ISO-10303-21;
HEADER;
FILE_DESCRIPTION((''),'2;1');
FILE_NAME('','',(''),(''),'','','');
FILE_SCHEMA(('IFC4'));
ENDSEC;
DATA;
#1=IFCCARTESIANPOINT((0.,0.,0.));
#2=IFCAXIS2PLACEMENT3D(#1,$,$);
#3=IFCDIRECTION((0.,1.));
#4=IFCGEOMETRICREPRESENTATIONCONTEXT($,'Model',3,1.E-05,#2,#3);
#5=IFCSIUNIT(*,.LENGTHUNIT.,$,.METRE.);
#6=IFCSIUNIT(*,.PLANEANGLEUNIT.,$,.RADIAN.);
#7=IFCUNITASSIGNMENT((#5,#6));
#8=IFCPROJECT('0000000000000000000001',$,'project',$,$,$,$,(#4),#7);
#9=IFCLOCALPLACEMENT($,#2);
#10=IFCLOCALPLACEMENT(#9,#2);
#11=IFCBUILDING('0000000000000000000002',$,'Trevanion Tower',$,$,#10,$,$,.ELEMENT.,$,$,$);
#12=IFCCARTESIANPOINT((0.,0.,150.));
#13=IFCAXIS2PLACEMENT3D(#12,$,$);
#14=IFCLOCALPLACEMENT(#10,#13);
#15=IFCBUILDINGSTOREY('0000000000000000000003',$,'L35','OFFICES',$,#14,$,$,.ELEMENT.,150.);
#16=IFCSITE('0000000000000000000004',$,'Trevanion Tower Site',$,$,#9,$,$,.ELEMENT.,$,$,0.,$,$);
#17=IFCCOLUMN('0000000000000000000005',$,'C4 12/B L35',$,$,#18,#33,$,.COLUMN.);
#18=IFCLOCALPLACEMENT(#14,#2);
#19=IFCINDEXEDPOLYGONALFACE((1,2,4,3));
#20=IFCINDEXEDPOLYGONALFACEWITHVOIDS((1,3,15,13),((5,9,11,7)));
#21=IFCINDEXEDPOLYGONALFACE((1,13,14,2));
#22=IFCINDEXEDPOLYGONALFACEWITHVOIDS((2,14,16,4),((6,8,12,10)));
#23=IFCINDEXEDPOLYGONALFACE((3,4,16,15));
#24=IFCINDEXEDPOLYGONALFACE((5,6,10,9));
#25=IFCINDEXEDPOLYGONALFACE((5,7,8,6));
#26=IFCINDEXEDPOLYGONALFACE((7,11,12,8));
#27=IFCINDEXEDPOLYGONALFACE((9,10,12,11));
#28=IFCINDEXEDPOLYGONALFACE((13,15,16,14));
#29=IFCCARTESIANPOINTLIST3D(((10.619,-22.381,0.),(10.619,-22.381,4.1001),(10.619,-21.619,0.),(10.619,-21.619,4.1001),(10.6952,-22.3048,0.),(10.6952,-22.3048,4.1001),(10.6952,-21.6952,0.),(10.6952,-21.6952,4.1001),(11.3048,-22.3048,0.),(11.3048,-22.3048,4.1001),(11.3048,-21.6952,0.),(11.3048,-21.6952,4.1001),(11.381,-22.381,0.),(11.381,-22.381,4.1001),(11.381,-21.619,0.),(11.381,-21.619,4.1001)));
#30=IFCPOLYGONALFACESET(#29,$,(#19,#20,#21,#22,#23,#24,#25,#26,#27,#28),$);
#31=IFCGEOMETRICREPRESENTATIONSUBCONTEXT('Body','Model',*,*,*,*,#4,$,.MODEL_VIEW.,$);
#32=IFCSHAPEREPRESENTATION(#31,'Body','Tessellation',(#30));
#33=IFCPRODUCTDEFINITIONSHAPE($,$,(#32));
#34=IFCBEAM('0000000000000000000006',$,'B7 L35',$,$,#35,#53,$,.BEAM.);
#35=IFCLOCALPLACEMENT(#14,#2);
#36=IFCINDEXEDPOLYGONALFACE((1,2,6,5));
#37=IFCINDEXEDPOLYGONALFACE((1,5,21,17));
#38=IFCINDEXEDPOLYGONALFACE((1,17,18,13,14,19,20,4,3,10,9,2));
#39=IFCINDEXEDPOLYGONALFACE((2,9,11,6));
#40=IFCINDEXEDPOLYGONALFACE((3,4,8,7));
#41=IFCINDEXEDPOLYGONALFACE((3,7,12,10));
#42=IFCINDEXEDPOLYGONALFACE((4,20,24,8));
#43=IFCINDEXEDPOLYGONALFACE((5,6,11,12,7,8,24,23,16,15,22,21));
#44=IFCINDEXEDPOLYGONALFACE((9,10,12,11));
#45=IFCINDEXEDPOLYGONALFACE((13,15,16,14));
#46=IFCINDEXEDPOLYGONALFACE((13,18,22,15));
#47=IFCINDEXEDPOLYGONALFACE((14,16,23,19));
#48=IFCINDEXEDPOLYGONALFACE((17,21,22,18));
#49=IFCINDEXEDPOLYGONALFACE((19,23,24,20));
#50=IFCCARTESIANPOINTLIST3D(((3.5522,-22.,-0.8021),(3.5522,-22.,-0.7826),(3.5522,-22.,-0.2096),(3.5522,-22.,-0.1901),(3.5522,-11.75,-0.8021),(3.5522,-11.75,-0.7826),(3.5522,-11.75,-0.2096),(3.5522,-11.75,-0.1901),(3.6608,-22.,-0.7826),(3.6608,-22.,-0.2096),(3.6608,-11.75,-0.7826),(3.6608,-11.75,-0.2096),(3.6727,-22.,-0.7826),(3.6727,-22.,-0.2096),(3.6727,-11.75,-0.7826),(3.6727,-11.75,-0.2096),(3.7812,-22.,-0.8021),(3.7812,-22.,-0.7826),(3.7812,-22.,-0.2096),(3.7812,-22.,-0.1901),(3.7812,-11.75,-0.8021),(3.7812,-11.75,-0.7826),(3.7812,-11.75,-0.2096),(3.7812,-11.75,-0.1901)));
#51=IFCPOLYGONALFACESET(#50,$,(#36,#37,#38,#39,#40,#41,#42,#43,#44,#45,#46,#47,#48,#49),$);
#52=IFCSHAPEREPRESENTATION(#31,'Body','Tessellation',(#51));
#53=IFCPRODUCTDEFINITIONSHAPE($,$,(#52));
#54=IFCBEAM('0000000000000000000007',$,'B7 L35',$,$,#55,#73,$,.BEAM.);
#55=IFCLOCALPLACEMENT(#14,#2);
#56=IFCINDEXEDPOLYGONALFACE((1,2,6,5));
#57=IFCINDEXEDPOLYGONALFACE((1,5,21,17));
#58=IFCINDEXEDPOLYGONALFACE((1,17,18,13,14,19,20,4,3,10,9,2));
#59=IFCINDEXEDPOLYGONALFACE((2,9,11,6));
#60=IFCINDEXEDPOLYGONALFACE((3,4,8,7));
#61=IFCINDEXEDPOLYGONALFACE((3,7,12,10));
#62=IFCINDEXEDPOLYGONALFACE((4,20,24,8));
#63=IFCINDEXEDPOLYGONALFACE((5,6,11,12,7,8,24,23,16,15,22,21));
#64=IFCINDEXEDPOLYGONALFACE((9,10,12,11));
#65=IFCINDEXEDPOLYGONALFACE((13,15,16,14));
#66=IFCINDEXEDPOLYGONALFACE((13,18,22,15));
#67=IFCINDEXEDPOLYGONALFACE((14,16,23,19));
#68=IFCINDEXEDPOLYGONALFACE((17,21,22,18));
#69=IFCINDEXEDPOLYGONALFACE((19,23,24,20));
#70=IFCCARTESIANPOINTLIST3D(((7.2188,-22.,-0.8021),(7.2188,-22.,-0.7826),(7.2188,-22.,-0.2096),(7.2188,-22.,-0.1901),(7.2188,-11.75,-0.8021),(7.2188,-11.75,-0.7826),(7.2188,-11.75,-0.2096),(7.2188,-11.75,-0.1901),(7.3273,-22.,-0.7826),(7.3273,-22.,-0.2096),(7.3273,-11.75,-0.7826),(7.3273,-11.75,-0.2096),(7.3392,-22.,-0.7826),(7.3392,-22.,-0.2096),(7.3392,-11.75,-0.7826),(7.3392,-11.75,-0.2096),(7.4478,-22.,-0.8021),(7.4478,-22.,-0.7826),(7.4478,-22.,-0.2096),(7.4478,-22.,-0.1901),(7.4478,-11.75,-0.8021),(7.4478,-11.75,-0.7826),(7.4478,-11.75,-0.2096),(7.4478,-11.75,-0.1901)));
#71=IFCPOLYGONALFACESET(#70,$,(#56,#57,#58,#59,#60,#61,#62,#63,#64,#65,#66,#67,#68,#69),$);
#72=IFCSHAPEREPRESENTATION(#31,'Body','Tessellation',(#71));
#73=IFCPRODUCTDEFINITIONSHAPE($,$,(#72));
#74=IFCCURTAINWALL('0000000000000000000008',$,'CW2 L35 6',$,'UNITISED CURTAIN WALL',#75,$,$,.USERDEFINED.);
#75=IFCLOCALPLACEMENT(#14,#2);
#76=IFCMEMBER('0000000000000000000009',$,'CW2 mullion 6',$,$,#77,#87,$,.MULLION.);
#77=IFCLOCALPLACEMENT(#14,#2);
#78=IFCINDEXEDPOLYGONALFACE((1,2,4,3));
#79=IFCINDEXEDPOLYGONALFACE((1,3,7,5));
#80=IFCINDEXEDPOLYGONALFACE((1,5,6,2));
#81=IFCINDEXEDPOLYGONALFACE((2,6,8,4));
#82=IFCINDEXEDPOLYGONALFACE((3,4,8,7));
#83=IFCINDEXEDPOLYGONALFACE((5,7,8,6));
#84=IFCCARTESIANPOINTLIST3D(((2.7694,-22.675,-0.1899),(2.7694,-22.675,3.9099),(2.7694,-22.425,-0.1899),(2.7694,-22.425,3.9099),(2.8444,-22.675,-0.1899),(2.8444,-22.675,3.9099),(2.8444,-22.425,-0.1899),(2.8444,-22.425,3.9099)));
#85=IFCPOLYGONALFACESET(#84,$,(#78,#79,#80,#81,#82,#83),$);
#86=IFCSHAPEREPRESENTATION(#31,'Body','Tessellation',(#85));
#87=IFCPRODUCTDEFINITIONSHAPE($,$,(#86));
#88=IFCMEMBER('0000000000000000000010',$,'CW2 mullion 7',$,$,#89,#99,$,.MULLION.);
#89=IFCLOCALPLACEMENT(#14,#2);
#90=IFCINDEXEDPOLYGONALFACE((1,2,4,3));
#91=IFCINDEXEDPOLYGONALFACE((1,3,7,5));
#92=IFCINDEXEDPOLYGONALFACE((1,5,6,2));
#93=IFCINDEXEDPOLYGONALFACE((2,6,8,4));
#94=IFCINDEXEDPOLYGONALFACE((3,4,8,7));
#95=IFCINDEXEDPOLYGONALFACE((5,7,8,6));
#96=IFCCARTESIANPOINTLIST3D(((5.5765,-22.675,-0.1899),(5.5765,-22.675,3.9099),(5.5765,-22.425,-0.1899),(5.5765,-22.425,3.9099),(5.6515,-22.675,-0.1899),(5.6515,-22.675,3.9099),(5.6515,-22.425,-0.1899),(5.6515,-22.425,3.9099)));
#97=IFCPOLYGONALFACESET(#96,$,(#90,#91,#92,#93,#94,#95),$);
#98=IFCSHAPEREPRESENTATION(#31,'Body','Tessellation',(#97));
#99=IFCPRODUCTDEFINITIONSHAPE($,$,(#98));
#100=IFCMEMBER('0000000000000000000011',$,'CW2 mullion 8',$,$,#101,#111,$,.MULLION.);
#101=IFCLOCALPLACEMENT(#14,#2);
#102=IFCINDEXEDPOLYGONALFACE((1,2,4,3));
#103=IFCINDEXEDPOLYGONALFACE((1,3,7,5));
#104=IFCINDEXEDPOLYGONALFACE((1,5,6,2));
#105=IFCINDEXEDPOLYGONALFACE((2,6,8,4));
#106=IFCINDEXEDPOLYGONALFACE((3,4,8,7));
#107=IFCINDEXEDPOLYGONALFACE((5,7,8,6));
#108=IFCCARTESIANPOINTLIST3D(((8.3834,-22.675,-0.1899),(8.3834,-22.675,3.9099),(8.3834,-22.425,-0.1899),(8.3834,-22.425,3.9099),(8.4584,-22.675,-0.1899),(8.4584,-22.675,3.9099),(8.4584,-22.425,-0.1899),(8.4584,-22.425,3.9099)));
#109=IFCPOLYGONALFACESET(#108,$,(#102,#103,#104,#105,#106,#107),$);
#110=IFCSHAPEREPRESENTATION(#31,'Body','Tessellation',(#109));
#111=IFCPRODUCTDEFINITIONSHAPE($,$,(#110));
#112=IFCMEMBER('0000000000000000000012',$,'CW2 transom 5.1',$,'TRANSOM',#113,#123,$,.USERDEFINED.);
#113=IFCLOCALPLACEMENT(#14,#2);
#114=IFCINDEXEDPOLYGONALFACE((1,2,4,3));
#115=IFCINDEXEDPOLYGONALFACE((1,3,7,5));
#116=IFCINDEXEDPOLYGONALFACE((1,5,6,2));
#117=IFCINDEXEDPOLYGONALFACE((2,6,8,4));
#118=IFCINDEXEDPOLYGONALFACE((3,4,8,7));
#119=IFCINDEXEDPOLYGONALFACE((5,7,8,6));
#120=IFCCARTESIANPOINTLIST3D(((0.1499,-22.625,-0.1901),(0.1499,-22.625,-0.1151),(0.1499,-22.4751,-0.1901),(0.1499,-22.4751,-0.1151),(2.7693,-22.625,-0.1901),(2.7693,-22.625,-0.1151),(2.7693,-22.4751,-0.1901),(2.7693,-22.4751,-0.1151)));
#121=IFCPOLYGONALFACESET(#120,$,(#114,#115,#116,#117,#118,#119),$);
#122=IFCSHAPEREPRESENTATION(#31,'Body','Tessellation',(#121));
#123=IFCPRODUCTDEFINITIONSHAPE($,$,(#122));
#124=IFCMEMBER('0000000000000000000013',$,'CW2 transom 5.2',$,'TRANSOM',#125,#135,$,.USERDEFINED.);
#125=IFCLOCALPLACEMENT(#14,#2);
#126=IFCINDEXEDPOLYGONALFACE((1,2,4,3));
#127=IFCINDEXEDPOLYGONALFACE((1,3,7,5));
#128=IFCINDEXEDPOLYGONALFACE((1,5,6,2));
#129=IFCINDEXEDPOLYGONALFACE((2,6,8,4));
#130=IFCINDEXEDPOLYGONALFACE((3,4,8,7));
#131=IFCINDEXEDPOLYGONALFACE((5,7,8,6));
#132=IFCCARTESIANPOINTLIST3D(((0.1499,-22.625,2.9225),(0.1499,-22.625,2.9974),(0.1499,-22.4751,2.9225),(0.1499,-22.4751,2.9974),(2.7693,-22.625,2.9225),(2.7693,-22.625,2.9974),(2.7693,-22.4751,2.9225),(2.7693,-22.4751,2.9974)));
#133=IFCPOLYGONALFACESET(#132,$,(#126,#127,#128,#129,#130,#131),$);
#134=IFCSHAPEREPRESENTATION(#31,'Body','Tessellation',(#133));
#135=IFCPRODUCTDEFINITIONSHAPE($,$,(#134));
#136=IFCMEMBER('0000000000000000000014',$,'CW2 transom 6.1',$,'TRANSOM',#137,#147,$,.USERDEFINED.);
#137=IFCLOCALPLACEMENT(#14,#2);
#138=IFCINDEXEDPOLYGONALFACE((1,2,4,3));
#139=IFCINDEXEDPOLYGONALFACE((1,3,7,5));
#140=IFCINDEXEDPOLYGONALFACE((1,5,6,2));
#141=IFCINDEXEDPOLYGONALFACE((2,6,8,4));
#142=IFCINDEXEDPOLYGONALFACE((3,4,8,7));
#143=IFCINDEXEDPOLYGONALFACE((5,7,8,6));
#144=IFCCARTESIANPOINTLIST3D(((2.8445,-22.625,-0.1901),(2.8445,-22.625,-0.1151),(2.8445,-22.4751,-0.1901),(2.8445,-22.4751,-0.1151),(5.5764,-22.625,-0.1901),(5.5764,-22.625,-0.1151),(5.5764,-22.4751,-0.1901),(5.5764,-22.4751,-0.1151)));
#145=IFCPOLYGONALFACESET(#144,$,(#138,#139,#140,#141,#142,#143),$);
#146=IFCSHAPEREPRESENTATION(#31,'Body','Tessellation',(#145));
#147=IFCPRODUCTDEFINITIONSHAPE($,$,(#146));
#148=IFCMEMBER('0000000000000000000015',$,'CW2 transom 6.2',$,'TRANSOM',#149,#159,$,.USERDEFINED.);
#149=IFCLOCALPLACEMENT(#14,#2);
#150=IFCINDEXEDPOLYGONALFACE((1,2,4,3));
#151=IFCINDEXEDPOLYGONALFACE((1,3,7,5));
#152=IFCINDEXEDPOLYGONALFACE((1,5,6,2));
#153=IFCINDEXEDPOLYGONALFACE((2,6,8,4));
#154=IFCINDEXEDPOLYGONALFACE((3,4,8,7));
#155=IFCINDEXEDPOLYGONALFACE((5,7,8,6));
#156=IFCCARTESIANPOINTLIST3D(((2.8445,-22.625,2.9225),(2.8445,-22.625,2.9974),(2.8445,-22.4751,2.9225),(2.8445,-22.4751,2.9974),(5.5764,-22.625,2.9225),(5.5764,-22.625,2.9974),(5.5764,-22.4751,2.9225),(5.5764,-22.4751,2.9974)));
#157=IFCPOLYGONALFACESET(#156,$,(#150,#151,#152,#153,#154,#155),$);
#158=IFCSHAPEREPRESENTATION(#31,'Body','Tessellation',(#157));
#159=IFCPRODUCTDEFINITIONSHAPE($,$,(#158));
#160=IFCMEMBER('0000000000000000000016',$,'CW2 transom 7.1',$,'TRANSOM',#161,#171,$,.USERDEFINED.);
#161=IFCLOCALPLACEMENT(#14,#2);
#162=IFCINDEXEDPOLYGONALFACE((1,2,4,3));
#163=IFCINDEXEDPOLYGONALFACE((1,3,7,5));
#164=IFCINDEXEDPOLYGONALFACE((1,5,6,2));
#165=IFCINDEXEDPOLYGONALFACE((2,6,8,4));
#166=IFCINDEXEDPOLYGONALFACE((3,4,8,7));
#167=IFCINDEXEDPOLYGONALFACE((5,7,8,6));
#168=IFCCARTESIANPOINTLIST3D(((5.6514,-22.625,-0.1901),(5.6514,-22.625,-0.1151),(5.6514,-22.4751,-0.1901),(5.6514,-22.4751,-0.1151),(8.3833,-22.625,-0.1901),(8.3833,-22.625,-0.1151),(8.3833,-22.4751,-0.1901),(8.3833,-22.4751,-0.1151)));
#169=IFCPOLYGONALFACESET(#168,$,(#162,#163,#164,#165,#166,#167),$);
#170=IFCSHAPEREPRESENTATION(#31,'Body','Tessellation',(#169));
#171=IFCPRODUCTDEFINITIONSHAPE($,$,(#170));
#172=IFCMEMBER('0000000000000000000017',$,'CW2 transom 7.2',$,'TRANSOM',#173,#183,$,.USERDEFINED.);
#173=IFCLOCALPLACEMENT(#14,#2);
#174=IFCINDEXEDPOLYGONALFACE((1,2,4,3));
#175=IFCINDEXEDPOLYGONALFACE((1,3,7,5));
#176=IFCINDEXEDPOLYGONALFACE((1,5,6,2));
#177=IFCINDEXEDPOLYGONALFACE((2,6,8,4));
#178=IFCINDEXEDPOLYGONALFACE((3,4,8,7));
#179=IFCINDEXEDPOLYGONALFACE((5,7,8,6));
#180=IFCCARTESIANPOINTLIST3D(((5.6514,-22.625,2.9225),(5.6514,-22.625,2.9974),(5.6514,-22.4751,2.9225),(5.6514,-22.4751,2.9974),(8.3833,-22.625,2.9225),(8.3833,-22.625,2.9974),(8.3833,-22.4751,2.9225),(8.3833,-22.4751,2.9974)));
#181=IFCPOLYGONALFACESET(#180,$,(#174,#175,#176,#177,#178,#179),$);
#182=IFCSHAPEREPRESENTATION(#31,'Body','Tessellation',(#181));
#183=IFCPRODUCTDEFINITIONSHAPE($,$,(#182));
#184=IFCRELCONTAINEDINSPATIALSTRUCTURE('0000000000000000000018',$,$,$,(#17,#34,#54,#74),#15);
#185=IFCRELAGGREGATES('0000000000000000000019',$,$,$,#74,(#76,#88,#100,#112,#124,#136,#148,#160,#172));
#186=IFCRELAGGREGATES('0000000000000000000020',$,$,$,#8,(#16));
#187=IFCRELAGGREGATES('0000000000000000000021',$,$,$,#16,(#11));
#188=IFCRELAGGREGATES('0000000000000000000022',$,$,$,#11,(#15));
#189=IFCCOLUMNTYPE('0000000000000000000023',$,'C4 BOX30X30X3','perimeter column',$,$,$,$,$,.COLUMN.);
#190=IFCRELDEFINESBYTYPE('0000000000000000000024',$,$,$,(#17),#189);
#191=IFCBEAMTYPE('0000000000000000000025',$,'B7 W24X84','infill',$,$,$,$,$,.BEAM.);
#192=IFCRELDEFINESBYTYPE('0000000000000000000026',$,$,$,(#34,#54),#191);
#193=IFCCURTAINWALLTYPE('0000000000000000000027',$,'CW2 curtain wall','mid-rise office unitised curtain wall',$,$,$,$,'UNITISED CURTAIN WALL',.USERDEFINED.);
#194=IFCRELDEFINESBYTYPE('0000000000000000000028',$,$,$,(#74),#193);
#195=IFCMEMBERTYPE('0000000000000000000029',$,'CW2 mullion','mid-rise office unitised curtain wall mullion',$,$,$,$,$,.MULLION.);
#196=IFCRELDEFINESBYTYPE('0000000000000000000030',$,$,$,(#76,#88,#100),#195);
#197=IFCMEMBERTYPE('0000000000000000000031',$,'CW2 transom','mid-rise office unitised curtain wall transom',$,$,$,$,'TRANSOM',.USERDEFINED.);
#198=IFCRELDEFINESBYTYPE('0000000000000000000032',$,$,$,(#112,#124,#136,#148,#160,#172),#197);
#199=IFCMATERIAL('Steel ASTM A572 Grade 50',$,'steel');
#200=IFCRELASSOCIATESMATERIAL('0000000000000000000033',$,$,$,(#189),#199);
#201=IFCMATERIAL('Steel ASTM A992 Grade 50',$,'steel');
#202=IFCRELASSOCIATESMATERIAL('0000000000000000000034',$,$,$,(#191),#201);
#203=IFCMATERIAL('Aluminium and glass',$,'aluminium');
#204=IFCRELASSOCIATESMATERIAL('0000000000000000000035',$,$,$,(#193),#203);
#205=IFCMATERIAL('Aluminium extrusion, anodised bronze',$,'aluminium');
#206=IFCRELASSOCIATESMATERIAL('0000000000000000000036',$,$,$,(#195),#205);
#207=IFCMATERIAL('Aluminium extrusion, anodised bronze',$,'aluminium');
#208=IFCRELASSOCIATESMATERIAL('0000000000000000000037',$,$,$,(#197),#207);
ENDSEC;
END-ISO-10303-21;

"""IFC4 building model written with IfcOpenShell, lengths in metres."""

from ifc_helpers import new_model, si_unit, direction, frame, origin, origin_2d, place, context, subcontext, project, spatial, rectangle, hollow_rectangle, i_section, extrude, material, material_profile, profile_set, type_object, element, aggregate, save


model = new_model("IFC4")

# Units and contexts
model_context = context("Model", 3, precision=1e-05, world=origin(), true_north=direction((0.0, 1.0)))
body_context = subcontext(model_context, "Body", "Model", "MODEL_VIEW")
ifc_project = project(units=[si_unit("LENGTHUNIT", "METRE"), si_unit("PLANEANGLEUNIT", "RADIAN")], contexts=[model_context])

# Site, building, storey
site_placement = place(None, origin())
site = spatial("IfcSite", under=ifc_project, at=site_placement, Name="Trevanion Tower Site", CompositionType="ELEMENT", RefElevation=0.0)
building_placement = place(site_placement, origin())
building = spatial("IfcBuilding", under=site, at=building_placement, Name="Trevanion Tower", CompositionType="ELEMENT")
storey_placement = place(building_placement, frame((0.0, 0.0, 150.0)))
storey = spatial("IfcBuildingStorey", under=building, at=storey_placement, Name="L35", Description="OFFICES", CompositionType="ELEMENT", Elevation=150.0)

# Column
ifc_material_1 = material(Name="Steel ASTM A572 Grade 50", Category="steel")
ifc_material_profile_1 = material_profile(ifc_material_1, hollow_rectangle(XDim=0.762, YDim=0.762, WallThickness=0.0762, at=origin_2d()), Name="BOX30X30X3")
ifc_profile_set_1 = profile_set([ifc_material_profile_1], Name="Steel ASTM A572 Grade 50")
column_type = type_object("IfcColumnType", Name="C4 BOX30X30X3", Description="perimeter column", PredefinedType="COLUMN", material=ifc_profile_set_1)
column_placement = place(storey_placement, frame((11.0, -22.0, 0.0), z_axis=(0.0, 0.0, 1.0), x_axis=(1.0, 0.0, 0.0)))
element("IfcColumn", 1, at=column_placement, inside=storey, type_object=column_type, Name="C4 12/B L35", PredefinedType="COLUMN", context=body_context, shape_type="SweptSolid", body=[
    extrude(hollow_rectangle(XDim=0.762, YDim=0.762, WallThickness=0.0762, at=origin_2d()), origin(), (0.0, 0.0, 1.0), 4.1001),
])

# Beams
ifc_material_2 = material(Name="Steel ASTM A992 Grade 50", Category="steel")
ifc_material_profile_2 = material_profile(ifc_material_2, i_section(OverallWidth=0.229, OverallDepth=0.6121, WebThickness=0.012, FlangeThickness=0.0195, at=origin_2d()), Name="W24X84")
ifc_profile_set_2 = profile_set([ifc_material_profile_2], Name="Steel ASTM A992 Grade 50")
beam_type_1 = type_object("IfcBeamType", Name="B7 W24X84", Description="infill", PredefinedType="BEAM", material=ifc_profile_set_2)
for number, where, z_axis, x_axis, name in (
    (2, (3.6667, -11.75, -0.4961), (0.0, -1.0, 0.0), (1.0, 0.0, 0.0), "B7 L35"),
    (3, (7.3333, -11.75, -0.4961), (0.0, -1.0, 0.0), (1.0, 0.0, 0.0), "B7 L35"),
):
    element("IfcBeam", number, at=place(storey_placement, frame(where, z_axis=z_axis, x_axis=x_axis)), inside=storey, type_object=beam_type_1, Name=name, PredefinedType="BEAM", context=body_context, shape_type="SweptSolid", body=[
        extrude(i_section(OverallWidth=0.229, OverallDepth=0.6121, WebThickness=0.012, FlangeThickness=0.0195, at=origin_2d()), origin(), (0.0, 0.0, 1.0), 10.25),
    ])

# Curtain wall, members
ifc_material_3 = material(Name="Aluminium and glass", Category="aluminium")
curtain_wall_type = type_object("IfcCurtainWallType", Name="CW2 curtain wall", Description="mid-rise office unitised curtain wall", ElementType="UNITISED CURTAIN WALL", PredefinedType="USERDEFINED", material=ifc_material_3)
curtain_wall_placement = place(storey_placement, origin())
curtain_wall = element("IfcCurtainWall", 4, at=curtain_wall_placement, inside=storey, type_object=curtain_wall_type, Name="CW2 L35 6", ObjectType="UNITISED CURTAIN WALL", PredefinedType="USERDEFINED")
ifc_material_4 = material(Name="Aluminium extrusion, anodised bronze", Category="aluminium")
ifc_material_profile_3 = material_profile(ifc_material_4, rectangle(XDim=0.075, YDim=0.25, at=origin_2d()), Name="CW2 mullion")
ifc_profile_set_3 = profile_set([ifc_material_profile_3], Name="Aluminium extrusion, anodised bronze")
member_type_1 = type_object("IfcMemberType", Name="CW2 mullion", Description="mid-rise office unitised curtain wall mullion", PredefinedType="MULLION", material=ifc_profile_set_3)
member_1_placement = place(storey_placement, frame((2.8069, -22.55, -0.1899), z_axis=(0.0, 0.0, 1.0), x_axis=(1.0, 0.0, 0.0)))
member_1 = element("IfcMember", 5, at=member_1_placement, type_object=member_type_1, Name="CW2 mullion 6", PredefinedType="MULLION", context=body_context, shape_type="SweptSolid", body=[
    extrude(rectangle(XDim=0.075, YDim=0.25, at=origin_2d()), origin(), (0.0, 0.0, 1.0), 4.0999),
])
member_2_placement = place(storey_placement, frame((5.614, -22.55, -0.1899), z_axis=(0.0, 0.0, 1.0), x_axis=(1.0, 0.0, 0.0)))
member_2 = element("IfcMember", 6, at=member_2_placement, type_object=member_type_1, Name="CW2 mullion 7", PredefinedType="MULLION", context=body_context, shape_type="SweptSolid", body=[
    extrude(rectangle(XDim=0.075, YDim=0.25, at=origin_2d()), origin(), (0.0, 0.0, 1.0), 4.0999),
])
member_3_placement = place(storey_placement, frame((8.4209, -22.55, -0.1899), z_axis=(0.0, 0.0, 1.0), x_axis=(1.0, 0.0, 0.0)))
member_3 = element("IfcMember", 7, at=member_3_placement, type_object=member_type_1, Name="CW2 mullion 8", PredefinedType="MULLION", context=body_context, shape_type="SweptSolid", body=[
    extrude(rectangle(XDim=0.075, YDim=0.25, at=origin_2d()), origin(), (0.0, 0.0, 1.0), 4.0999),
])
ifc_material_5 = material(Name="Aluminium extrusion, anodised bronze", Category="aluminium")
ifc_material_profile_4 = material_profile(ifc_material_5, rectangle(XDim=0.1499, YDim=0.075, at=origin_2d()), Name="CW2 transom")
ifc_profile_set_4 = profile_set([ifc_material_profile_4], Name="Aluminium extrusion, anodised bronze")
member_type_2 = type_object("IfcMemberType", Name="CW2 transom", Description="mid-rise office unitised curtain wall transom", ElementType="TRANSOM", PredefinedType="USERDEFINED", material=ifc_profile_set_4)
member_4_placement = place(storey_placement, frame((0.1499, -22.55, -0.1526), z_axis=(1.0, 0.0, 0.0), x_axis=(0.0, 1.0, 0.0)))
member_4 = element("IfcMember", 8, at=member_4_placement, type_object=member_type_2, Name="CW2 transom 5.1", ObjectType="TRANSOM", PredefinedType="USERDEFINED", context=body_context, shape_type="SweptSolid", body=[
    extrude(rectangle(XDim=0.1499, YDim=0.075, at=origin_2d()), origin(), (0.0, 0.0, 1.0), 2.6194),
])
member_5_placement = place(storey_placement, frame((0.1499, -22.55, 2.96), z_axis=(1.0, 0.0, 0.0), x_axis=(0.0, 1.0, 0.0)))
member_5 = element("IfcMember", 9, at=member_5_placement, type_object=member_type_2, Name="CW2 transom 5.2", ObjectType="TRANSOM", PredefinedType="USERDEFINED", context=body_context, shape_type="SweptSolid", body=[
    extrude(rectangle(XDim=0.1499, YDim=0.075, at=origin_2d()), origin(), (0.0, 0.0, 1.0), 2.6194),
])
member_6_placement = place(storey_placement, frame((2.8445, -22.55, -0.1526), z_axis=(1.0, 0.0, 0.0), x_axis=(0.0, 1.0, 0.0)))
member_6 = element("IfcMember", 10, at=member_6_placement, type_object=member_type_2, Name="CW2 transom 6.1", ObjectType="TRANSOM", PredefinedType="USERDEFINED", context=body_context, shape_type="SweptSolid", body=[
    extrude(rectangle(XDim=0.1499, YDim=0.075, at=origin_2d()), origin(), (0.0, 0.0, 1.0), 2.7319),
])
member_7_placement = place(storey_placement, frame((2.8445, -22.55, 2.96), z_axis=(1.0, 0.0, 0.0), x_axis=(0.0, 1.0, 0.0)))
member_7 = element("IfcMember", 11, at=member_7_placement, type_object=member_type_2, Name="CW2 transom 6.2", ObjectType="TRANSOM", PredefinedType="USERDEFINED", context=body_context, shape_type="SweptSolid", body=[
    extrude(rectangle(XDim=0.1499, YDim=0.075, at=origin_2d()), origin(), (0.0, 0.0, 1.0), 2.7319),
])
member_8_placement = place(storey_placement, frame((5.6514, -22.55, -0.1526), z_axis=(1.0, 0.0, 0.0), x_axis=(0.0, 1.0, 0.0)))
member_8 = element("IfcMember", 12, at=member_8_placement, type_object=member_type_2, Name="CW2 transom 7.1", ObjectType="TRANSOM", PredefinedType="USERDEFINED", context=body_context, shape_type="SweptSolid", body=[
    extrude(rectangle(XDim=0.1499, YDim=0.075, at=origin_2d()), origin(), (0.0, 0.0, 1.0), 2.7319),
])
member_9_placement = place(storey_placement, frame((5.6514, -22.55, 2.96), z_axis=(1.0, 0.0, 0.0), x_axis=(0.0, 1.0, 0.0)))
member_9 = element("IfcMember", 13, at=member_9_placement, type_object=member_type_2, Name="CW2 transom 7.2", ObjectType="TRANSOM", PredefinedType="USERDEFINED", context=body_context, shape_type="SweptSolid", body=[
    extrude(rectangle(XDim=0.1499, YDim=0.075, at=origin_2d()), origin(), (0.0, 0.0, 1.0), 2.7319),
])

aggregate(curtain_wall, [member_1, member_2, member_3, member_4, member_5, member_6, member_7, member_8, member_9])

save(model, "model.ifc")
